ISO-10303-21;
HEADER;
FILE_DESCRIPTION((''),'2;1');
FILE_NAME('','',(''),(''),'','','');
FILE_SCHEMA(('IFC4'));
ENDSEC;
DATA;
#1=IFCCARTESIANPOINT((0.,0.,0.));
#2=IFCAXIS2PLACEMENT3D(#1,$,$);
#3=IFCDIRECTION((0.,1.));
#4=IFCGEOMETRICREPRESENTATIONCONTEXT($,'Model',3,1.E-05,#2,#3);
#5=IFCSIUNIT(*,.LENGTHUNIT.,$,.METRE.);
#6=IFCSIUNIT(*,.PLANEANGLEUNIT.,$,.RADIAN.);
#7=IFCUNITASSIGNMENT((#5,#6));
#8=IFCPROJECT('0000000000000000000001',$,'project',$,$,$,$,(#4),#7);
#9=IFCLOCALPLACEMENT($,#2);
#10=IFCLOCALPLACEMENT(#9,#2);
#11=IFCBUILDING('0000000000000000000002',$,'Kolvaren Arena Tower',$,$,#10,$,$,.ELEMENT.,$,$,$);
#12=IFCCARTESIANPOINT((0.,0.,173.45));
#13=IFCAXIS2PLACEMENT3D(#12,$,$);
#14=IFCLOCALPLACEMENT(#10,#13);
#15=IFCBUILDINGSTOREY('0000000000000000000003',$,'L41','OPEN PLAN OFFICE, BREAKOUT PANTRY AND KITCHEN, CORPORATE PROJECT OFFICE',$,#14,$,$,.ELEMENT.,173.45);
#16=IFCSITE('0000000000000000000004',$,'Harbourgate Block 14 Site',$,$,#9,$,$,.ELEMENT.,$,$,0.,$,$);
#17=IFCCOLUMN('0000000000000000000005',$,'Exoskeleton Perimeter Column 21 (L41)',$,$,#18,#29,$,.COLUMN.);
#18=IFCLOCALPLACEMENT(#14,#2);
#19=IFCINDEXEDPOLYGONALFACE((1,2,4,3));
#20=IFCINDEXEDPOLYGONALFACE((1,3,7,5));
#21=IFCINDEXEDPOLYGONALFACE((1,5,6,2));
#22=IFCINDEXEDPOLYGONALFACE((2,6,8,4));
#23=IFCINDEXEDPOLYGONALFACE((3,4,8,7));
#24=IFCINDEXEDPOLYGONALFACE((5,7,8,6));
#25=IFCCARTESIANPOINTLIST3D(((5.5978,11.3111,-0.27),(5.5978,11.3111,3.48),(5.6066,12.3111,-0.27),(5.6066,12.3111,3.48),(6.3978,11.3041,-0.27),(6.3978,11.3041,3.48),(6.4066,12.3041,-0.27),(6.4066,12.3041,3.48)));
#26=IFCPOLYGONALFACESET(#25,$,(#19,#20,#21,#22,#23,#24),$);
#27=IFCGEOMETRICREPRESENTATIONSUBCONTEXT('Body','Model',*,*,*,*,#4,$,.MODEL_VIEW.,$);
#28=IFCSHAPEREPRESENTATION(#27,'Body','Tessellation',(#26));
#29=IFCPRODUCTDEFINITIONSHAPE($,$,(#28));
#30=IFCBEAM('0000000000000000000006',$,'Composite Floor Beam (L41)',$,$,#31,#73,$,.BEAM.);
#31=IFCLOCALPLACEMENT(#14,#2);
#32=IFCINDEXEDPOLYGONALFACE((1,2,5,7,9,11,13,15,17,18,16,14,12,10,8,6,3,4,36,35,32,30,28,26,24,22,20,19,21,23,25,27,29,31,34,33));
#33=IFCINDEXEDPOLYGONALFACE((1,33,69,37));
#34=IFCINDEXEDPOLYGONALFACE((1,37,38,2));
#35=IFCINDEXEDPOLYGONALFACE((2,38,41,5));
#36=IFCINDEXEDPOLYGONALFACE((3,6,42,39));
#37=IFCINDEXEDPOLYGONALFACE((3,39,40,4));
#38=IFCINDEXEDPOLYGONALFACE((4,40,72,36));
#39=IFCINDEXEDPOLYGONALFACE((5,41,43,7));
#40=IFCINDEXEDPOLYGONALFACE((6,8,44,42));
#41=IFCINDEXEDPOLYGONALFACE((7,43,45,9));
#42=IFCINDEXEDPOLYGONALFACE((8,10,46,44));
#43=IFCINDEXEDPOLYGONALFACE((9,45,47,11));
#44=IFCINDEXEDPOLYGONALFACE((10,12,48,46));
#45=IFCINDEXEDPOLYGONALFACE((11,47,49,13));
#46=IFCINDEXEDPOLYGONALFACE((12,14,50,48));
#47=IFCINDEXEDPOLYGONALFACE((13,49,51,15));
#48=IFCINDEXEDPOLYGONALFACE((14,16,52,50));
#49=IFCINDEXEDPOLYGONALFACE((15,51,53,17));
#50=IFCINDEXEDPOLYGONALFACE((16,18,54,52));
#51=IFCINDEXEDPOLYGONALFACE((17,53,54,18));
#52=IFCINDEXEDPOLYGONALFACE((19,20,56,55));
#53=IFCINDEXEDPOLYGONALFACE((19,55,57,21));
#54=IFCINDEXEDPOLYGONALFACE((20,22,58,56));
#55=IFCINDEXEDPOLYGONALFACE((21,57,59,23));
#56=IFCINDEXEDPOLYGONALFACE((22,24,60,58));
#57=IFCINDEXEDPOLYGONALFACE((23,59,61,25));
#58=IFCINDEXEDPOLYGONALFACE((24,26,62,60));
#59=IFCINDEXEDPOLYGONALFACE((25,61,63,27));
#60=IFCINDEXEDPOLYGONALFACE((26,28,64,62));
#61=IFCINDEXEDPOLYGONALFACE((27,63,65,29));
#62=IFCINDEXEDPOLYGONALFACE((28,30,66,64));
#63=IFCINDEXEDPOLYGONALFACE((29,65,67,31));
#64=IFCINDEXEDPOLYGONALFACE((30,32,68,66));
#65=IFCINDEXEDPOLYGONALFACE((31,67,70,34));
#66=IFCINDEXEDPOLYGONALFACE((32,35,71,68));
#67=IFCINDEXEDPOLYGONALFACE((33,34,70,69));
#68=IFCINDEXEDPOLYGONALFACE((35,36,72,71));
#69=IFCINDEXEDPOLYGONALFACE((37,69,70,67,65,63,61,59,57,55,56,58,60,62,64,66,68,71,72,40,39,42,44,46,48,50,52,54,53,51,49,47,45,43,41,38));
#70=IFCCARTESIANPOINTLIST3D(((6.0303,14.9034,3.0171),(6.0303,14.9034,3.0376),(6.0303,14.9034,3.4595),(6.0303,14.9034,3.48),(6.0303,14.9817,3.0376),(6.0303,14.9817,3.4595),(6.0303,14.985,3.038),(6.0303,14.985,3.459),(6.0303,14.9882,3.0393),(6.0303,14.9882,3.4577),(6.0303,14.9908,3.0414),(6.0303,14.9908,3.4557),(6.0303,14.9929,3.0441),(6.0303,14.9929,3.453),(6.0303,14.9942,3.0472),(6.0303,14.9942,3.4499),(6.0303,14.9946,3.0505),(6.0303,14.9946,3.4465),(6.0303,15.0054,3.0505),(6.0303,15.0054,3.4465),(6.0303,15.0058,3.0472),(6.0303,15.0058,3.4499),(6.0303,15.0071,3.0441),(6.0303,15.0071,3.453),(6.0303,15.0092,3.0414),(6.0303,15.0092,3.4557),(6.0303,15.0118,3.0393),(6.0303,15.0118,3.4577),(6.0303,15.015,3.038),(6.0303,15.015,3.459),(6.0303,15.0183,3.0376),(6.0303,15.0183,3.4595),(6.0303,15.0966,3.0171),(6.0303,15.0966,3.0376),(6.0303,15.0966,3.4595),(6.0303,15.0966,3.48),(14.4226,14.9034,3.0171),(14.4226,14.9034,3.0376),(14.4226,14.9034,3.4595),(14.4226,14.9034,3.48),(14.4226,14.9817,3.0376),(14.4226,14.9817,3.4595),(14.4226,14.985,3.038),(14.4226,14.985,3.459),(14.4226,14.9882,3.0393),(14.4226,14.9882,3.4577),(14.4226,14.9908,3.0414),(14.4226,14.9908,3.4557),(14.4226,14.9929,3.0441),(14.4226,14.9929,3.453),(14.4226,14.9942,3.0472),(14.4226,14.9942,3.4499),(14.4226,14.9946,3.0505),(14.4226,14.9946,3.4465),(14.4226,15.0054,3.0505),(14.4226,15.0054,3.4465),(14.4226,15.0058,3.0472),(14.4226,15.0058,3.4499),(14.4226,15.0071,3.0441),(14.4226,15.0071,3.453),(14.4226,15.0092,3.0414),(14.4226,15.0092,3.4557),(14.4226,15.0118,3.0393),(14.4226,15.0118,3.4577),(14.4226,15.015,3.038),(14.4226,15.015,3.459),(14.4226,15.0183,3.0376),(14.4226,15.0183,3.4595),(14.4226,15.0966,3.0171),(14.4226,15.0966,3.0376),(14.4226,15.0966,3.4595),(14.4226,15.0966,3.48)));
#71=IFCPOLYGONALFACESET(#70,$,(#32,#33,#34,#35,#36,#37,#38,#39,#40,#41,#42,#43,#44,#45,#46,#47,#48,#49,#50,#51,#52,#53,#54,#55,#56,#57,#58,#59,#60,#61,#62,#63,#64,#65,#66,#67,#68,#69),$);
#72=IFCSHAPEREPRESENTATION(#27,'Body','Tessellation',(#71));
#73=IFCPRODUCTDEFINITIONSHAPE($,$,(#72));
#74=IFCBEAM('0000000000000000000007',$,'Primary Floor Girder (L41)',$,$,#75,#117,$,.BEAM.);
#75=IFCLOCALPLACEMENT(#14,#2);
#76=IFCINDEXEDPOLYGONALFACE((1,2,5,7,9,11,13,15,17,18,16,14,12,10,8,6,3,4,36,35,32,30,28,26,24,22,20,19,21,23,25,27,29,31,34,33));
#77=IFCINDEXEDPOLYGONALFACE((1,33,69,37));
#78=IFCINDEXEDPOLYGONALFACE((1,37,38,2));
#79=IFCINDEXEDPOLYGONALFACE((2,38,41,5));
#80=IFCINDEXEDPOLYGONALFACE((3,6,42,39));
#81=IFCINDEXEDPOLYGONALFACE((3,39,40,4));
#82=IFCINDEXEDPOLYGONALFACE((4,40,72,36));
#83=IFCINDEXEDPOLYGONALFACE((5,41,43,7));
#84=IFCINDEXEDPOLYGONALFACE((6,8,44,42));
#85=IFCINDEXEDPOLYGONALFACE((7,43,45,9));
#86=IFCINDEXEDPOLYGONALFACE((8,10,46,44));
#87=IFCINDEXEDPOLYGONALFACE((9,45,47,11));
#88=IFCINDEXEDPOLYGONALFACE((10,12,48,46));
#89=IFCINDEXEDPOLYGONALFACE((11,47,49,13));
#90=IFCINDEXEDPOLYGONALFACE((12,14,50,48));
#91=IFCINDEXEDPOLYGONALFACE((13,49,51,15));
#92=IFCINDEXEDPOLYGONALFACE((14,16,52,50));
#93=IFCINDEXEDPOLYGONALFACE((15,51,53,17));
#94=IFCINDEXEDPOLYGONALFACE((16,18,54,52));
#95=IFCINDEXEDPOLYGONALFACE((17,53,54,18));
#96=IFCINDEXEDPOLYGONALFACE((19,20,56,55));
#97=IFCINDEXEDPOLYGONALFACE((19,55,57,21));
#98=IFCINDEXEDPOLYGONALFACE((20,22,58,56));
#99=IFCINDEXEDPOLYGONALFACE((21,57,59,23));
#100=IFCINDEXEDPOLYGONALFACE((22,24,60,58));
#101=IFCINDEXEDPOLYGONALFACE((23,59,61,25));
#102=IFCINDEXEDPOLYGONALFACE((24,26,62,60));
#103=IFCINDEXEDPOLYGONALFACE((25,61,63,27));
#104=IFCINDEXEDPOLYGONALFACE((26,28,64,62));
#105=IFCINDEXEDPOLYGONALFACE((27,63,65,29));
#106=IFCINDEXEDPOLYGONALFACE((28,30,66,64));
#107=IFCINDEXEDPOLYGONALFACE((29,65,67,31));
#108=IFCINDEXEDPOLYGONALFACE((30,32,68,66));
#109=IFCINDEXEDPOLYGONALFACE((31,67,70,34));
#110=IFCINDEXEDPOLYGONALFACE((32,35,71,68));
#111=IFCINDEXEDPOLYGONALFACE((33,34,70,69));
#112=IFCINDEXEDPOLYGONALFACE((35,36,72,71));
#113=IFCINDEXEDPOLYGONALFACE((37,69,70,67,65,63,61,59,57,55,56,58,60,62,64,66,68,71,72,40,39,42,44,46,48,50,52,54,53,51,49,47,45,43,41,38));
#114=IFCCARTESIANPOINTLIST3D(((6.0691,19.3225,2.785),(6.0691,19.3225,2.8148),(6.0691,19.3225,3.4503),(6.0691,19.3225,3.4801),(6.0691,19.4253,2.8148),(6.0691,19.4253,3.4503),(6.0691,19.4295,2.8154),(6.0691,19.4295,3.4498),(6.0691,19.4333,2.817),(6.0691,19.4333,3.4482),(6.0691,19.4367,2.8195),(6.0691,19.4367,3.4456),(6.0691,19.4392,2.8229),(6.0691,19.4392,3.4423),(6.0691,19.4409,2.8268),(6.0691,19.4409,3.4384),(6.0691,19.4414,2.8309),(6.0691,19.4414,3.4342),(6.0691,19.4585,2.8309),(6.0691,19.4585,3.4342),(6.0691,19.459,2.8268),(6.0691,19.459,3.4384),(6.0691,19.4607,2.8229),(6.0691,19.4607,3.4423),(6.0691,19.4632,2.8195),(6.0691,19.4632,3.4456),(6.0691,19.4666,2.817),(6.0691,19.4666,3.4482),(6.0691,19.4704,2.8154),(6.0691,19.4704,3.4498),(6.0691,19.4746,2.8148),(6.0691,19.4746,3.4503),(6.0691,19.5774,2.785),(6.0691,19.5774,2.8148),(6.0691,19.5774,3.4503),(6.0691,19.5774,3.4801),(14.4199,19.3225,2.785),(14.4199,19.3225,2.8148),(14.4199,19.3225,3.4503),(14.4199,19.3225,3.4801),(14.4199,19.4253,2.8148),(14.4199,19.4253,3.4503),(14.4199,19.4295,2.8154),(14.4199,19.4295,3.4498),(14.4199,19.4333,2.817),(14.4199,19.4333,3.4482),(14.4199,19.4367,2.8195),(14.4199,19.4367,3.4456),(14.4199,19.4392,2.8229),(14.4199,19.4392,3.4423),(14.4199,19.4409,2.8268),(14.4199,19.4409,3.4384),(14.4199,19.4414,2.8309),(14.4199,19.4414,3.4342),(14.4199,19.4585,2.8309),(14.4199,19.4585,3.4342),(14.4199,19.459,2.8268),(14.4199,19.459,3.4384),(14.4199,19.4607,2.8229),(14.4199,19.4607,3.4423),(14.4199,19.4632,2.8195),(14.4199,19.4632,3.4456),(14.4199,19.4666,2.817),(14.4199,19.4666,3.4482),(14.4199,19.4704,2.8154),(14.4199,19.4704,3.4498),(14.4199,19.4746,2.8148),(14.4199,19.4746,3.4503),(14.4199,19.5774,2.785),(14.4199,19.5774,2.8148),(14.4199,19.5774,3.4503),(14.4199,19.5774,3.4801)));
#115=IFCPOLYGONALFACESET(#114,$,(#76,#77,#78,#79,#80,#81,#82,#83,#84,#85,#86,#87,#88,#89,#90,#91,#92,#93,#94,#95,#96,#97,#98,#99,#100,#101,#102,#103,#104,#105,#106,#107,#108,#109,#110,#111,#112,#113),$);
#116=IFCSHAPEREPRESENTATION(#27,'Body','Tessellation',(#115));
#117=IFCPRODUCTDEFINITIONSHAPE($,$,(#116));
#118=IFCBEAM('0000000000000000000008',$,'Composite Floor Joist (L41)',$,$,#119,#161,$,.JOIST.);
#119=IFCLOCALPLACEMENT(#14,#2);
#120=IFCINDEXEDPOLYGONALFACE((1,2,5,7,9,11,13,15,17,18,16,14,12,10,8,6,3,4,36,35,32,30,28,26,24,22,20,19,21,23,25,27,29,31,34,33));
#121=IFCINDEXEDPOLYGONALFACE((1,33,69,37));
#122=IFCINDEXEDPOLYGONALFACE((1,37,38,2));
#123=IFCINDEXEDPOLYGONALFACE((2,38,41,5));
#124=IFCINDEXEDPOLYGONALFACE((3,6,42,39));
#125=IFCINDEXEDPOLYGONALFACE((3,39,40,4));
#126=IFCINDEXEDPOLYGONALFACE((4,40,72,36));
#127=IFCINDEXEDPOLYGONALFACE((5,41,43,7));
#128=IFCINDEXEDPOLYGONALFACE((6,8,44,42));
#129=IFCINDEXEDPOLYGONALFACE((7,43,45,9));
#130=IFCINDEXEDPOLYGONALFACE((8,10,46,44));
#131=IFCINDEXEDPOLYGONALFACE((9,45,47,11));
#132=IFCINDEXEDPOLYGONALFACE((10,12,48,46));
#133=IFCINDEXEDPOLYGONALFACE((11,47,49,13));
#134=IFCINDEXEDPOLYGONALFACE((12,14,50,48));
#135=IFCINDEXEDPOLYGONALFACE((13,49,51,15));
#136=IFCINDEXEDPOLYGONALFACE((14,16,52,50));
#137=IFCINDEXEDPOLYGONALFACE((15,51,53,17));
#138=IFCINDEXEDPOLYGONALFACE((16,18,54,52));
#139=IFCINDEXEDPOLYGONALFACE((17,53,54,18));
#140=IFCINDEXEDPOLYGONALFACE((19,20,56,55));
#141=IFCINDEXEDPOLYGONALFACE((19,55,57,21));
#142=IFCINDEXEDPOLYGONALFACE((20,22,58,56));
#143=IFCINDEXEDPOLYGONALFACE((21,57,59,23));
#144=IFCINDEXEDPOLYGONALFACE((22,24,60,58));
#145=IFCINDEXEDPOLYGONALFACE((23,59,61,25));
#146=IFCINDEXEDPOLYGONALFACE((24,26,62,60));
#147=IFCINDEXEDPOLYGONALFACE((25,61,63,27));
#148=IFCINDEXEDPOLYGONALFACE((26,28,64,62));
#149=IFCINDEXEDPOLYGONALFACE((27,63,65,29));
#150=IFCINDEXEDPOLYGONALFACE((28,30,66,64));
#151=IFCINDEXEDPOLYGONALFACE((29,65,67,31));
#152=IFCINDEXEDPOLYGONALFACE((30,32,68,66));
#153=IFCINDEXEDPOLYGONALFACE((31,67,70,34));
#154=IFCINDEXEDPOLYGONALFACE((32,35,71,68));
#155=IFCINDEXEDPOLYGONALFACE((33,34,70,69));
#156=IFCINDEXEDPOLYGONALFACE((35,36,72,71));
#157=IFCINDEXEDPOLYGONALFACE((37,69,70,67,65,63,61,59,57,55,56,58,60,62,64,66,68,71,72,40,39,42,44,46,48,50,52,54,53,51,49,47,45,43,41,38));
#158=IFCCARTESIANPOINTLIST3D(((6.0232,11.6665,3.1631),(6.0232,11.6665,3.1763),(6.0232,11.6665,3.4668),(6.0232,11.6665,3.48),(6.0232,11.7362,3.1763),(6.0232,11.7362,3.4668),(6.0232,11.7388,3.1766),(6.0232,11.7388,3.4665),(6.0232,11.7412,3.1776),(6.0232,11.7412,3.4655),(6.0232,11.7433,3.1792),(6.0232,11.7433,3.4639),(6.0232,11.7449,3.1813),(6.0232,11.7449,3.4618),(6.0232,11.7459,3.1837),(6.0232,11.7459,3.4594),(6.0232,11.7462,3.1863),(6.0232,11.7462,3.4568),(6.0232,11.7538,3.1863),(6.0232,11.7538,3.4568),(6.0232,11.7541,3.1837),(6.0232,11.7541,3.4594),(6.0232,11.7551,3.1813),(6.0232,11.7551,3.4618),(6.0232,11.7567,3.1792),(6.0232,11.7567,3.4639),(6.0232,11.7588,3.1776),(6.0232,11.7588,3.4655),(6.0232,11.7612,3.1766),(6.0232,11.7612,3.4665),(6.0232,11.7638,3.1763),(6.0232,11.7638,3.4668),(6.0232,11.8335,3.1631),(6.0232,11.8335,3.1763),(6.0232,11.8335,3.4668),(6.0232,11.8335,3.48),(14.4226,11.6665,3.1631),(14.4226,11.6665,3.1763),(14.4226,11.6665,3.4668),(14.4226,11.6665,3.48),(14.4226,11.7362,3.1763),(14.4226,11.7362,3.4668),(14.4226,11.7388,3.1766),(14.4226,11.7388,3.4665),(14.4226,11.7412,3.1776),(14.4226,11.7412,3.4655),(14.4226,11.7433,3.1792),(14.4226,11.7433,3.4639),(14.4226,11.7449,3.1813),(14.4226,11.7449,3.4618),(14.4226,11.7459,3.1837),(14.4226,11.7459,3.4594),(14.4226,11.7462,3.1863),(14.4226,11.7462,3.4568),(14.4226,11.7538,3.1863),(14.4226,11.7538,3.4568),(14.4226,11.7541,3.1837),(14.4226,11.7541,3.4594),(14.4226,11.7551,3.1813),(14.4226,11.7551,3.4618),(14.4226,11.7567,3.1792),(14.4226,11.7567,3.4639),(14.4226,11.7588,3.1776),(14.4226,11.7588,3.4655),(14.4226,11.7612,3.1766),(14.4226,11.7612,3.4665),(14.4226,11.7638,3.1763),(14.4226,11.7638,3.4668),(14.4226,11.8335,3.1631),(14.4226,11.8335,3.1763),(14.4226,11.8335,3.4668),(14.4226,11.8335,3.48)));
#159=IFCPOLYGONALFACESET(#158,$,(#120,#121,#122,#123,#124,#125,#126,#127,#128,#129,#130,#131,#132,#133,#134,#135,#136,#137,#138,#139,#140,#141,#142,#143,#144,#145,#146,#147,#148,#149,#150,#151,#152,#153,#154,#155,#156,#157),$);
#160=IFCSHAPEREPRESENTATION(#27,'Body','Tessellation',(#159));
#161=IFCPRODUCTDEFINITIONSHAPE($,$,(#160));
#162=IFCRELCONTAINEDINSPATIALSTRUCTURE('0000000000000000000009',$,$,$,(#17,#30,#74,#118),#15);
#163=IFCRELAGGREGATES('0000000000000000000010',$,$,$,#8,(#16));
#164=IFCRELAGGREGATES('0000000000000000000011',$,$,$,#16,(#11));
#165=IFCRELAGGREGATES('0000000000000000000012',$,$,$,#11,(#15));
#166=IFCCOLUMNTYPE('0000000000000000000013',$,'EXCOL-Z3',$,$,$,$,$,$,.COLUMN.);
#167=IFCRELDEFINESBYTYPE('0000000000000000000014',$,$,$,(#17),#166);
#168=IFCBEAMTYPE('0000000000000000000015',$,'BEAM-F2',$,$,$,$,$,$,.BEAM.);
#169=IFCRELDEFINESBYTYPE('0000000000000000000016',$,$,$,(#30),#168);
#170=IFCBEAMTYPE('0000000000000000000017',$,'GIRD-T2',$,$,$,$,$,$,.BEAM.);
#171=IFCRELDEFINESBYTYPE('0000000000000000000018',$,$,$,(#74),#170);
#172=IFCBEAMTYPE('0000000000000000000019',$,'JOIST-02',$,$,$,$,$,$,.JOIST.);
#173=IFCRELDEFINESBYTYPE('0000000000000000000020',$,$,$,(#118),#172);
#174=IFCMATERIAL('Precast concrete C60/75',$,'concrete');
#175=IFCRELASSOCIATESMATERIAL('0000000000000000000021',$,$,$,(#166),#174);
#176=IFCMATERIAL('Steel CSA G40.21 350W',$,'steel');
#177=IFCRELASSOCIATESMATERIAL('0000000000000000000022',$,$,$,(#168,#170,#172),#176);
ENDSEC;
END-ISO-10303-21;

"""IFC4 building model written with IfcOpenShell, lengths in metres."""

from ifc_helpers import new_model, si_unit, direction, frame, origin, origin_2d, place, context, subcontext, project, spatial, rectangle, i_section, extrude, material, material_profile, profile_set, type_object, element, save


model = new_model("IFC4")

# Units and contexts
model_context = context("Model", 3, precision=1e-05, world=origin(), true_north=direction((0.0, 1.0)))
body_context = subcontext(model_context, "Body", "Model", "MODEL_VIEW")
ifc_project = project(units=[si_unit("LENGTHUNIT", "METRE"), si_unit("PLANEANGLEUNIT", "RADIAN")], contexts=[model_context])

# Site, building, storey
site_placement = place(None, origin())
site = spatial("IfcSite", under=ifc_project, at=site_placement, Name="Harbourgate Block 14 Site", CompositionType="ELEMENT", RefElevation=0.0)
building_placement = place(site_placement, origin())
building = spatial("IfcBuilding", under=site, at=building_placement, Name="Kolvaren Arena Tower", CompositionType="ELEMENT")
storey_placement = place(building_placement, frame((0.0, 0.0, 173.45)))
storey = spatial("IfcBuildingStorey", under=building, at=storey_placement, Name="L41", Description="OPEN PLAN OFFICE, BREAKOUT PANTRY AND KITCHEN, CORPORATE PROJECT OFFICE", CompositionType="ELEMENT", Elevation=173.45)

# Column
ifc_material_1 = material(Name="Precast concrete C60/75", Category="concrete")
ifc_material_profile_1 = material_profile(ifc_material_1, rectangle(XDim=1.0, YDim=0.8, at=origin_2d()), Name="RC-1000x800")
ifc_profile_set_1 = profile_set([ifc_material_profile_1], Name="Precast concrete C60/75")
column_type = type_object("IfcColumnType", Name="EXCOL-Z3", PredefinedType="COLUMN", material=ifc_profile_set_1)
column_placement = place(storey_placement, frame((6.0022, 11.8076, -0.27), z_axis=(0.0, 0.0, 1.0), x_axis=(0.008727, 0.999962, 0.0)))
element("IfcColumn", 1, at=column_placement, inside=storey, type_object=column_type, Name="Exoskeleton Perimeter Column 21 (L41)", PredefinedType="COLUMN", context=body_context, shape_type="SweptSolid", body=[
    extrude(rectangle(XDim=1.0, YDim=0.8, at=origin_2d()), origin(), (0.0, 0.0, 1.0), 3.75),
])

# Beams
ifc_material_2 = material(Name="Steel CSA G40.21 350W", Category="steel")
ifc_material_profile_2 = material_profile(ifc_material_2, i_section(OverallWidth=0.1931, OverallDepth=0.4629, WebThickness=0.0107, FlangeThickness=0.0205, FilletRadius=0.0129, at=origin_2d()), Name="W460x113")
ifc_profile_set_2 = profile_set([ifc_material_profile_2], Name="Steel CSA G40.21 350W")
beam_type_1 = type_object("IfcBeamType", Name="BEAM-F2", PredefinedType="BEAM", material=ifc_profile_set_2)
beam_1_placement = place(storey_placement, frame((6.0303, 15.0, 3.2485), z_axis=(1.0, 0.0, 0.0), x_axis=(0.0, 1.0, 0.0)))
element("IfcBeam", 2, at=beam_1_placement, inside=storey, type_object=beam_type_1, Name="Composite Floor Beam (L41)", PredefinedType="BEAM", context=body_context, shape_type="SweptSolid", body=[
    extrude(i_section(OverallWidth=0.1931, OverallDepth=0.4629, WebThickness=0.0107, FlangeThickness=0.0205, FilletRadius=0.0129, at=origin_2d()), origin(), (0.0, 0.0, 1.0), 8.3923),
])
ifc_material_profile_3 = material_profile(ifc_material_2, i_section(OverallWidth=0.2549, OverallDepth=0.6951, WebThickness=0.0171, FlangeThickness=0.0298, FilletRadius=0.0161, at=origin_2d()), Name="W690x217")
ifc_profile_set_3 = profile_set([ifc_material_profile_3], Name="Steel CSA G40.21 350W")
beam_type_2 = type_object("IfcBeamType", Name="GIRD-T2", PredefinedType="BEAM", material=ifc_profile_set_3)
beam_2_placement = place(storey_placement, frame((6.0691, 19.45, 3.1326), z_axis=(1.0, 0.0, 0.0), x_axis=(0.0, 1.0, 0.0)))
element("IfcBeam", 3, at=beam_2_placement, inside=storey, type_object=beam_type_2, Name="Primary Floor Girder (L41)", PredefinedType="BEAM", context=body_context, shape_type="SweptSolid", body=[
    extrude(i_section(OverallWidth=0.2549, OverallDepth=0.6951, WebThickness=0.0171, FlangeThickness=0.0298, FilletRadius=0.0161, at=origin_2d()), origin(), (0.0, 0.0, 1.0), 8.3508),
])
ifc_material_profile_4 = material_profile(ifc_material_2, i_section(OverallWidth=0.167, OverallDepth=0.3169, WebThickness=0.0076, FlangeThickness=0.0132, FilletRadius=0.01, at=origin_2d()), Name="W310x52")
ifc_profile_set_4 = profile_set([ifc_material_profile_4], Name="Steel CSA G40.21 350W")
beam_type_3 = type_object("IfcBeamType", Name="JOIST-02", PredefinedType="JOIST", material=ifc_profile_set_4)
beam_3_placement = place(storey_placement, frame((6.0232, 11.75, 3.3215), z_axis=(1.0, 0.0, 0.0), x_axis=(0.0, 1.0, 0.0)))
element("IfcBeam", 4, at=beam_3_placement, inside=storey, type_object=beam_type_3, Name="Composite Floor Joist (L41)", PredefinedType="JOIST", context=body_context, shape_type="SweptSolid", body=[
    extrude(i_section(OverallWidth=0.167, OverallDepth=0.3169, WebThickness=0.0076, FlangeThickness=0.0132, FilletRadius=0.01, at=origin_2d()), origin(), (0.0, 0.0, 1.0), 8.3994),
])

save(model, "model.ifc")
